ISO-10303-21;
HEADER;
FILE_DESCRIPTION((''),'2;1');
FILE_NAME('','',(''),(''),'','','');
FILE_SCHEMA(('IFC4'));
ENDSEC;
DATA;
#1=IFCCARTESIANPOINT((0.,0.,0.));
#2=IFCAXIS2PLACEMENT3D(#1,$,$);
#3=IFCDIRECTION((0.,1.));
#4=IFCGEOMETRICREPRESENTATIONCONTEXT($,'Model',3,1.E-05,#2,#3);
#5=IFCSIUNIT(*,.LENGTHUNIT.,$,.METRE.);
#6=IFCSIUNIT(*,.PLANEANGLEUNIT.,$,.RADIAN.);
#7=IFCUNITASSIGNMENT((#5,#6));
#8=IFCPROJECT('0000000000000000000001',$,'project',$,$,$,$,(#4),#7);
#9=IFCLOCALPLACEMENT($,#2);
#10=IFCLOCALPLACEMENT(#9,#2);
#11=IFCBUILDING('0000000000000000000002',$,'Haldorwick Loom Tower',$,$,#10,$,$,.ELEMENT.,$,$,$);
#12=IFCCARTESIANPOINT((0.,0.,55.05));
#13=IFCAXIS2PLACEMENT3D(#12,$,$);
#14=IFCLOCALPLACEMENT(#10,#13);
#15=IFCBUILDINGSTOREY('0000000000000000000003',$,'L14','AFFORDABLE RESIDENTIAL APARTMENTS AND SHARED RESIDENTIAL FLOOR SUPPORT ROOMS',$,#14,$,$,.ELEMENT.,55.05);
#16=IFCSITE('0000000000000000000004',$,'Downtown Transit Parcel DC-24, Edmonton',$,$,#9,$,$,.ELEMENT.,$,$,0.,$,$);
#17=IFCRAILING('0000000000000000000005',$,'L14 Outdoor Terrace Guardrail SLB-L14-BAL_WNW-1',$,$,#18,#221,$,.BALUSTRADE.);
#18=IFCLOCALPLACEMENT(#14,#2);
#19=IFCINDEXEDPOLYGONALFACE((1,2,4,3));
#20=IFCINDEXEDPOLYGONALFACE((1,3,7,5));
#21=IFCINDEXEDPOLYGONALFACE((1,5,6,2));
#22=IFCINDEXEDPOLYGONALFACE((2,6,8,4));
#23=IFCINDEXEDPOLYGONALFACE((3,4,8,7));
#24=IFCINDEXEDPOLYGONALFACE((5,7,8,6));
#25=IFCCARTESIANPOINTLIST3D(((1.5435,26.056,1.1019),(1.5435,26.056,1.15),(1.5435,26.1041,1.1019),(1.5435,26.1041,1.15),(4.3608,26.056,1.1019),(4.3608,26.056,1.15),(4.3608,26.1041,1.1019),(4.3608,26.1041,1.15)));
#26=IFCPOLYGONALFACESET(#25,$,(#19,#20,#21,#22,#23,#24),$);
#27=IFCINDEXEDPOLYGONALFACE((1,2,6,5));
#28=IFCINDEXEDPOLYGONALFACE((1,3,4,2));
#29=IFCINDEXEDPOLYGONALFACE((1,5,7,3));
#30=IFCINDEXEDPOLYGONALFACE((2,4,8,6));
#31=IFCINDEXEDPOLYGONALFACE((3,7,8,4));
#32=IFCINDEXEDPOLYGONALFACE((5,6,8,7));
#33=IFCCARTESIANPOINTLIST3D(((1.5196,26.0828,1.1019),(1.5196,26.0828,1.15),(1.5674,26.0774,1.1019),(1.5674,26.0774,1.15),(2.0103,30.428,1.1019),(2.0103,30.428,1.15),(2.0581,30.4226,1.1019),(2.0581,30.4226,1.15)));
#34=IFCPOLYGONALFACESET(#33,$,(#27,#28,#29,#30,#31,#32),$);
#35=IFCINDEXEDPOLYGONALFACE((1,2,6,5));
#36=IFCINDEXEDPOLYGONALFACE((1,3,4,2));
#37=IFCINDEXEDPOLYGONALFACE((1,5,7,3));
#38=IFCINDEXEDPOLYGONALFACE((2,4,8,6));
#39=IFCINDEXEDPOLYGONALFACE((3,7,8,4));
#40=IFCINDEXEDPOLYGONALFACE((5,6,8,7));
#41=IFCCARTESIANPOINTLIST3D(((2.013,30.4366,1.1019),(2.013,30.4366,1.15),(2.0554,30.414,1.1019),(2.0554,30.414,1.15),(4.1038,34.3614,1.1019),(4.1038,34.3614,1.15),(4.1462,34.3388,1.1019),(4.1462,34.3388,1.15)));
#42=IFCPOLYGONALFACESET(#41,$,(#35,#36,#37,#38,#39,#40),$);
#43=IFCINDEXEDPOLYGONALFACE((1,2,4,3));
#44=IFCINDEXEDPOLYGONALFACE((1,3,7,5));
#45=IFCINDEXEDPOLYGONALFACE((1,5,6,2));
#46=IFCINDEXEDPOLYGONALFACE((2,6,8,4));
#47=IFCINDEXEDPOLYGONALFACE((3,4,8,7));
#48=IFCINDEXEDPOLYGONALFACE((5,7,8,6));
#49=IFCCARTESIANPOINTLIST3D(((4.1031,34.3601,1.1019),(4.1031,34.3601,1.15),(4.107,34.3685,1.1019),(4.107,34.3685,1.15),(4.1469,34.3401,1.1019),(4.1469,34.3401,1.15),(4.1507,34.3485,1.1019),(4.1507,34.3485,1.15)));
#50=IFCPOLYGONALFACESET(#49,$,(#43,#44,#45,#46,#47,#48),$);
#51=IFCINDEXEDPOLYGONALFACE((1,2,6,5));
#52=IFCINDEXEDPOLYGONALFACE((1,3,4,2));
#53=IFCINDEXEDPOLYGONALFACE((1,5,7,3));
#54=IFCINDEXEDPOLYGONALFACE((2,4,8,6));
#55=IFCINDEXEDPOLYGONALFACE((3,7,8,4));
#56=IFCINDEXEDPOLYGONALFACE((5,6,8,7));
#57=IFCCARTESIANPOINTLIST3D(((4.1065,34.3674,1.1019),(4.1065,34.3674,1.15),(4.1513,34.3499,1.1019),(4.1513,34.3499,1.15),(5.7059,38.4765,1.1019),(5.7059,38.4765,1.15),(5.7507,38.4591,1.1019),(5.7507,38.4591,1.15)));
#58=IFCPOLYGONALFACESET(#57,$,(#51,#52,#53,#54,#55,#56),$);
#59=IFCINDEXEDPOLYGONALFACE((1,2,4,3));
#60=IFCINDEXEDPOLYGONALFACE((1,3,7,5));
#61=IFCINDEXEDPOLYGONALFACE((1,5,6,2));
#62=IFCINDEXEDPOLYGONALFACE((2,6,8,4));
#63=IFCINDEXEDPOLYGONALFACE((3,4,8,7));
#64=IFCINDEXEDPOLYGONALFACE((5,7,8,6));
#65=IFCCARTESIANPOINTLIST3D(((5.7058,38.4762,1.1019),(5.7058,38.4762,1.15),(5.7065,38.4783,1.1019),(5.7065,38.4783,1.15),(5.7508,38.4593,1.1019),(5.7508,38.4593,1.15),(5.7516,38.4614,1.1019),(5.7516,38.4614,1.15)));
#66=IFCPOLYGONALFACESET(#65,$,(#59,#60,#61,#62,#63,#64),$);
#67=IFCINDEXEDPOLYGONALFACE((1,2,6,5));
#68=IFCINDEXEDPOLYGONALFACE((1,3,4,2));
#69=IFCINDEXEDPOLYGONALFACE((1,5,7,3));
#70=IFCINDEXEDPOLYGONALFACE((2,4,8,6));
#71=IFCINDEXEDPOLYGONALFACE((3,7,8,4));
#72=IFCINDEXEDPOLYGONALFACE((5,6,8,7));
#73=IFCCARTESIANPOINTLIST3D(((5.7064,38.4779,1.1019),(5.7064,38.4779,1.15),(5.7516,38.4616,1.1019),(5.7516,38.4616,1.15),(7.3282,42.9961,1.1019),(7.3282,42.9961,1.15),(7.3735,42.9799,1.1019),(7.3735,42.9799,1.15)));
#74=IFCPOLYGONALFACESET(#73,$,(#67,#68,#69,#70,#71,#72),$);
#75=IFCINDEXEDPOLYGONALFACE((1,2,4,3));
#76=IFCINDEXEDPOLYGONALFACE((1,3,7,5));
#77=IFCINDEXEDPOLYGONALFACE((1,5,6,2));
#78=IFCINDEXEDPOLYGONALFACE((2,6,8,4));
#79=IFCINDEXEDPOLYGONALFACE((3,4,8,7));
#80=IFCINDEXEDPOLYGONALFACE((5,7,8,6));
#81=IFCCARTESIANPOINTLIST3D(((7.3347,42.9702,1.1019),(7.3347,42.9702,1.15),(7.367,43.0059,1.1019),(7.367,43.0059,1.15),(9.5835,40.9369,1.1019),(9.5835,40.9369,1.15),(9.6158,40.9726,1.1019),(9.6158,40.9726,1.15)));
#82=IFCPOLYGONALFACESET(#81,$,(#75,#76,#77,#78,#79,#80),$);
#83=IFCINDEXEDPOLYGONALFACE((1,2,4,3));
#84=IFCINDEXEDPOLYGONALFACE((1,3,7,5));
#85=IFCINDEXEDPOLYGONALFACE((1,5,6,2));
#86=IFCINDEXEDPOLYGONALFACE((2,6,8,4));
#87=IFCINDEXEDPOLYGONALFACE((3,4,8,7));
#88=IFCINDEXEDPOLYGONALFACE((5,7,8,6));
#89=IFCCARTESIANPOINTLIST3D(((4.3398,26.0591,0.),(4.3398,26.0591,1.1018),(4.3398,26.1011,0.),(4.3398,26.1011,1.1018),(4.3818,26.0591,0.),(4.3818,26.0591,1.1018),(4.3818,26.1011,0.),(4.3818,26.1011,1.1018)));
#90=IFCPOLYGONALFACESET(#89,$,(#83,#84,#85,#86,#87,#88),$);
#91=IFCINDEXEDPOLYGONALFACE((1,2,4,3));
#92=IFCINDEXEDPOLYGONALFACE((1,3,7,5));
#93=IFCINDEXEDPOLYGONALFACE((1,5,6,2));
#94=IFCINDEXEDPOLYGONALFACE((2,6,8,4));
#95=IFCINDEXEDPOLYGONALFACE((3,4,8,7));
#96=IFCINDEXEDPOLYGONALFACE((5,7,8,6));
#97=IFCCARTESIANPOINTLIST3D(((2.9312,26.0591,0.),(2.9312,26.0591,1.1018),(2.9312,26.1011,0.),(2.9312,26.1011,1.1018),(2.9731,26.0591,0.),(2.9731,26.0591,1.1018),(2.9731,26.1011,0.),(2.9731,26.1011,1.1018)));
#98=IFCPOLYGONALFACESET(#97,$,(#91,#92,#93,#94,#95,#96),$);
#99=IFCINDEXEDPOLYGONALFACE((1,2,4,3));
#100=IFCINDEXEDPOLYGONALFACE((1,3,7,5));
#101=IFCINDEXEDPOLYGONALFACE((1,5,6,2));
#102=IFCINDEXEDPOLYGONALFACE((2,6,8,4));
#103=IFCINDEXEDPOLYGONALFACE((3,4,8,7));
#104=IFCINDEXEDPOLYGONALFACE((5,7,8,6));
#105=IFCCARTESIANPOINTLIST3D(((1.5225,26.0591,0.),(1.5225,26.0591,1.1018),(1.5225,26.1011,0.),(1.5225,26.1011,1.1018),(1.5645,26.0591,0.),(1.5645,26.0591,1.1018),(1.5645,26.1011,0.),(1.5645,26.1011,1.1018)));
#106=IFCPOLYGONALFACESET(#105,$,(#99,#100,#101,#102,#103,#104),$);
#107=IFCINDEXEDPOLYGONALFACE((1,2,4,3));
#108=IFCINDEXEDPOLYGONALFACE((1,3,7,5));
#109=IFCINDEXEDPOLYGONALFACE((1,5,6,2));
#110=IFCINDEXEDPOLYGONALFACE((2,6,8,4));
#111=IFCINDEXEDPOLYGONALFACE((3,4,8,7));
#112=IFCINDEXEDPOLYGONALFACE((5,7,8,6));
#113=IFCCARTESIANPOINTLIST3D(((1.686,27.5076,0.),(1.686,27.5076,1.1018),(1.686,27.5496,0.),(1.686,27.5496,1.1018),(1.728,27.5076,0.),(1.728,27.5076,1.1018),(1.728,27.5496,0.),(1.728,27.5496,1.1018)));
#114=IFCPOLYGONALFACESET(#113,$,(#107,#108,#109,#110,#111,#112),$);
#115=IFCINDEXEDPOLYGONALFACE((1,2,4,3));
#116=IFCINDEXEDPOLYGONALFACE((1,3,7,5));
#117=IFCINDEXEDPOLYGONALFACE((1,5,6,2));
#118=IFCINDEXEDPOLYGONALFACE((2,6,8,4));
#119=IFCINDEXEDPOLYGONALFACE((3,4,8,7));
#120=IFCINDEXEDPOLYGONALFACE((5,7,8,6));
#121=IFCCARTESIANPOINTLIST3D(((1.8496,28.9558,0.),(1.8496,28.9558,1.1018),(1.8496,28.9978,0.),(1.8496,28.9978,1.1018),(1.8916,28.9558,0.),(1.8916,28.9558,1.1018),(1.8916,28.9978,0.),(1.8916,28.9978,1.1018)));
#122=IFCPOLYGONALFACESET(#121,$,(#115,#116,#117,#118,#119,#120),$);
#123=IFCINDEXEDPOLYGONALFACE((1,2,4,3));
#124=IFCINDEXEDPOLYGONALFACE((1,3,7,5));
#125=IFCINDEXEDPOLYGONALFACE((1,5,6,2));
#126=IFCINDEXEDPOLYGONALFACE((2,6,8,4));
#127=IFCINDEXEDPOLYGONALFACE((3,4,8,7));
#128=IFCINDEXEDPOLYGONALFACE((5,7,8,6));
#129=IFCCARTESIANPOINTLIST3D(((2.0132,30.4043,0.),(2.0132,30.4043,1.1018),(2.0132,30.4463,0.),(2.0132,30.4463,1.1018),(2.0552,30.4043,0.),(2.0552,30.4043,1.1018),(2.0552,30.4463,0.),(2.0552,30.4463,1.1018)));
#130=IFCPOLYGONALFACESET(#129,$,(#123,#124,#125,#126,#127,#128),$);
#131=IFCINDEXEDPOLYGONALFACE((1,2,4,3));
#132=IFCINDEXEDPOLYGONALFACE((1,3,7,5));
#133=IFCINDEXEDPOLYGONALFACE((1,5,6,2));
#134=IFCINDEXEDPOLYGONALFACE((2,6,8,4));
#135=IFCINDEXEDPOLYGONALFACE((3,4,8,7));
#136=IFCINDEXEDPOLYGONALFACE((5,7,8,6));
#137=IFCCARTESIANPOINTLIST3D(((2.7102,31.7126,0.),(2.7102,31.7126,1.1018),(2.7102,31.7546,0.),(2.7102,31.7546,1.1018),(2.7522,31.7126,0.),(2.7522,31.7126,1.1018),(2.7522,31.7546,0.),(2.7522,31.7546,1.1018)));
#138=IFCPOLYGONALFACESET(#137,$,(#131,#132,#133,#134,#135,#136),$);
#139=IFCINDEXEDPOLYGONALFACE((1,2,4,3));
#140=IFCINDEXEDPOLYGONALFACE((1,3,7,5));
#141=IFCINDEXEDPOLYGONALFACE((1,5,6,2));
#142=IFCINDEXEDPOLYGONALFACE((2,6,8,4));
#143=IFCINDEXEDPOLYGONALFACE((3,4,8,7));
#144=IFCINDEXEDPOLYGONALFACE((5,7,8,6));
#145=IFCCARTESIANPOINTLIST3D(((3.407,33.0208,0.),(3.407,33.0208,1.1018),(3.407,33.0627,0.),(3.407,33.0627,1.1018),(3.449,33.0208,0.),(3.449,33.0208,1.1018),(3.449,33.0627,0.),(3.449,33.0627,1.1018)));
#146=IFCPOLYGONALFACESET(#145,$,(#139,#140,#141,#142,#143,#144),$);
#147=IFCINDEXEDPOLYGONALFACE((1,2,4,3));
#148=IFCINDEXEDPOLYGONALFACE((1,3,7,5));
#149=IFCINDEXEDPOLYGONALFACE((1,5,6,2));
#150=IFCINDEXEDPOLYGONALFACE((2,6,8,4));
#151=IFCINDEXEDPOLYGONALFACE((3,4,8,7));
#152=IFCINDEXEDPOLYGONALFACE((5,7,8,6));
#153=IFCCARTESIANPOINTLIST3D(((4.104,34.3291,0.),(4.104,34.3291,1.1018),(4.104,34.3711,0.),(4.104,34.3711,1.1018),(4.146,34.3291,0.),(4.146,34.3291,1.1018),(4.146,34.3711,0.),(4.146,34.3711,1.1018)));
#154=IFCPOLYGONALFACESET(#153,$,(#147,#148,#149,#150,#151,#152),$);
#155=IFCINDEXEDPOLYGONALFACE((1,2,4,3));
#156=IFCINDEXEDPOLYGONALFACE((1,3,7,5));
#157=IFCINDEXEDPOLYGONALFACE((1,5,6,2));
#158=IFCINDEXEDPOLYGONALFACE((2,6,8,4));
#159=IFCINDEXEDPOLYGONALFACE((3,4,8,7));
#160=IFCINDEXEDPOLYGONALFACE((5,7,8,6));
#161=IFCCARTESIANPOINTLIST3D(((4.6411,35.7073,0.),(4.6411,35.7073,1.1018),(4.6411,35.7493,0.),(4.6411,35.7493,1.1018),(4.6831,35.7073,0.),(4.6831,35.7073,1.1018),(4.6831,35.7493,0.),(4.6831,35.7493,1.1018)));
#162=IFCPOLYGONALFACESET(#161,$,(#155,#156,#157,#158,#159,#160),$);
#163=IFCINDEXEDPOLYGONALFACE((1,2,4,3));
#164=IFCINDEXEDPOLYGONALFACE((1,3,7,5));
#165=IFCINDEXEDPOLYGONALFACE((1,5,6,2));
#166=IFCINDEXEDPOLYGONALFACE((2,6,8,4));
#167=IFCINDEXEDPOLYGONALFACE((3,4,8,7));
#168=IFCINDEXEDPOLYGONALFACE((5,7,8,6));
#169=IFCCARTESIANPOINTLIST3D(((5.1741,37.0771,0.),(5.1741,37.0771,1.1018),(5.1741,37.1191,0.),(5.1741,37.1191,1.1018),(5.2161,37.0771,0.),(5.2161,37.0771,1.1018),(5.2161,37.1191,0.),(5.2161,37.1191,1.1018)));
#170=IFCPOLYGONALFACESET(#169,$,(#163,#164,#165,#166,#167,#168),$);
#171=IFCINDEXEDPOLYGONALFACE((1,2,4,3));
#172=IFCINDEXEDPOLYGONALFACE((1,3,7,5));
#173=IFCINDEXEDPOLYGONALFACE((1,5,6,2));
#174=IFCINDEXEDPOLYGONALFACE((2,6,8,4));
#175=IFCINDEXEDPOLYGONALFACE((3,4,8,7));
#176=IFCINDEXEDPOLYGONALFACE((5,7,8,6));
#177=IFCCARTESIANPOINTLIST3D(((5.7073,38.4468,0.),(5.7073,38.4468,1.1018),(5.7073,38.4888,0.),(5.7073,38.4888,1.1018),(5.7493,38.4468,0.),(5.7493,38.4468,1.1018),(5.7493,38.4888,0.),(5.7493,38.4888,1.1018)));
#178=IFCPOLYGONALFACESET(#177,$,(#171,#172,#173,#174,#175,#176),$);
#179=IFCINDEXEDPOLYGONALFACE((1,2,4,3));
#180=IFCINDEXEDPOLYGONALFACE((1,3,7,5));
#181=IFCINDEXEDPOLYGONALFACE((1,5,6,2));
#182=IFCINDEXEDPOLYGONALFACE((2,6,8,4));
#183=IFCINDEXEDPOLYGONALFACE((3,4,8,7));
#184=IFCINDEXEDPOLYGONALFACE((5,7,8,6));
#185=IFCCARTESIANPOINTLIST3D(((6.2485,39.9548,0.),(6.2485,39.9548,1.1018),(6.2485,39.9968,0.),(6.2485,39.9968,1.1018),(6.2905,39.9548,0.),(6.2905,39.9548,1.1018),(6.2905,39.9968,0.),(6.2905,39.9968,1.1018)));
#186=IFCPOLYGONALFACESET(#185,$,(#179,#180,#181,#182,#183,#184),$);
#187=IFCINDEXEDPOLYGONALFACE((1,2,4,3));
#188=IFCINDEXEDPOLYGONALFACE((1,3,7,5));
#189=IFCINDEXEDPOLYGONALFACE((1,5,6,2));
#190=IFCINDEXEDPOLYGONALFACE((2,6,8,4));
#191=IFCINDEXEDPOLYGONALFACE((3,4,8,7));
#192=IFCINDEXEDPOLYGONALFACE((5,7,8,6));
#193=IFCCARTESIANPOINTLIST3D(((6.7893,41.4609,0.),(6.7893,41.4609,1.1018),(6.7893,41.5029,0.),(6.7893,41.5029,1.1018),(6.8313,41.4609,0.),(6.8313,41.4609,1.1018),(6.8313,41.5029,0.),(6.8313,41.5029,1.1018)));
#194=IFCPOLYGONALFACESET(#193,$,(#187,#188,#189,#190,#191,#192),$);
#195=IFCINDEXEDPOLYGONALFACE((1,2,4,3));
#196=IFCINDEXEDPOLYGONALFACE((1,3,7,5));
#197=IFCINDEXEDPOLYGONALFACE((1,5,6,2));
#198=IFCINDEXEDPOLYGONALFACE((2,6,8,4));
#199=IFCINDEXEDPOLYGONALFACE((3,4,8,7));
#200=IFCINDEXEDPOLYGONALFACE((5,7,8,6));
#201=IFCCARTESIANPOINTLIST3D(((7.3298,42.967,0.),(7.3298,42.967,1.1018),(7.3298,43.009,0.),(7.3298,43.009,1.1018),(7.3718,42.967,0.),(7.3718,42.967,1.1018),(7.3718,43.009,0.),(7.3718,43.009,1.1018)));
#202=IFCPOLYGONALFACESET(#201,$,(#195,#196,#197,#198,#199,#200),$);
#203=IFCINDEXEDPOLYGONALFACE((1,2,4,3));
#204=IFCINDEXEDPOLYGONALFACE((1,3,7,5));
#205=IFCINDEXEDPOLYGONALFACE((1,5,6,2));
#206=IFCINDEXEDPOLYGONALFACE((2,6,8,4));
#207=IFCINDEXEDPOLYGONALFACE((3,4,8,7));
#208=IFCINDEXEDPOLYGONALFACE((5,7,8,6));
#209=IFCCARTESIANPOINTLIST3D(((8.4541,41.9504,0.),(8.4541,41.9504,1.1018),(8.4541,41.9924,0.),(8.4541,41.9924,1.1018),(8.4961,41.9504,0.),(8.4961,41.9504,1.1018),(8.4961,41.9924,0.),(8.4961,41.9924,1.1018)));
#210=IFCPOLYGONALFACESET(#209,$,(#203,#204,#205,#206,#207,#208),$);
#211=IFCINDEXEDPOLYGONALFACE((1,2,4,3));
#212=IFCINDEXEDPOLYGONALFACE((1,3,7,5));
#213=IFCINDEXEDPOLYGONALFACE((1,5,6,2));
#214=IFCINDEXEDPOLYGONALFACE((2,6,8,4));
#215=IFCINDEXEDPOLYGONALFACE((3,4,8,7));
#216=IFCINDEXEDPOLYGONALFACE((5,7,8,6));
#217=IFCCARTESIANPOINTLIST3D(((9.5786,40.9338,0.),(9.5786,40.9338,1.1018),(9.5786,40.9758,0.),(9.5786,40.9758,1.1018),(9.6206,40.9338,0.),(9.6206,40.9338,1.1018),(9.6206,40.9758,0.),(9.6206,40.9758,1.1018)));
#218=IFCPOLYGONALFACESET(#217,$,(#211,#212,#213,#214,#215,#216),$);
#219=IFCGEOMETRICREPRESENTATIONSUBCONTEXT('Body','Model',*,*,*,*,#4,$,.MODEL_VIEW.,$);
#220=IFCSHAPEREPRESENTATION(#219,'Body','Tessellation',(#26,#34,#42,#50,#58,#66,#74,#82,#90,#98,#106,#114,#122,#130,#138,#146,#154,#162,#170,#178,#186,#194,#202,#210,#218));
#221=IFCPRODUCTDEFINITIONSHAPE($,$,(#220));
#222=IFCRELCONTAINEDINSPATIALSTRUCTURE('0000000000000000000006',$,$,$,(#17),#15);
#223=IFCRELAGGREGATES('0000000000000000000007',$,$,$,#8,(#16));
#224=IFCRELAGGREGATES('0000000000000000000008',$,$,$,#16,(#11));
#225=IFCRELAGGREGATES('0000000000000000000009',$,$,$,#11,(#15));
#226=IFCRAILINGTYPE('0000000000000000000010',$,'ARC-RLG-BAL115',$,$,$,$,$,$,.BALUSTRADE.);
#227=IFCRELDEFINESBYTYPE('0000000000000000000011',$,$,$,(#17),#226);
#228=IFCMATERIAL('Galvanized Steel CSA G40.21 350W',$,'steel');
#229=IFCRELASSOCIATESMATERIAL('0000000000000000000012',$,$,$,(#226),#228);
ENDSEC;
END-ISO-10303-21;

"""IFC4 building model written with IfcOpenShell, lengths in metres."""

from ifc_helpers import new_model, si_unit, direction, frame, origin, origin_2d, place, context, subcontext, project, spatial, rectangle, extrude, material, type_object, element, save


model = new_model("IFC4")

# Units and contexts
model_context = context("Model", 3, precision=1e-05, world=origin(), true_north=direction((0.0, 1.0)))
body_context = subcontext(model_context, "Body", "Model", "MODEL_VIEW")
ifc_project = project(units=[si_unit("LENGTHUNIT", "METRE"), si_unit("PLANEANGLEUNIT", "RADIAN")], contexts=[model_context])

# Site, building, storey
site_placement = place(None, origin())
site = spatial("IfcSite", under=ifc_project, at=site_placement, Name="Downtown Transit Parcel DC-24, Edmonton", CompositionType="ELEMENT", RefElevation=0.0)
building_placement = place(site_placement, origin())
building = spatial("IfcBuilding", under=site, at=building_placement, Name="Haldorwick Loom Tower", CompositionType="ELEMENT")
storey_placement = place(building_placement, frame((0.0, 0.0, 55.05)))
storey = spatial("IfcBuildingStorey", under=building, at=storey_placement, Name="L14", Description="AFFORDABLE RESIDENTIAL APARTMENTS AND SHARED RESIDENTIAL FLOOR SUPPORT ROOMS", CompositionType="ELEMENT", Elevation=55.05)

# Railing
ifc_material_1 = material(Name="Galvanized Steel CSA G40.21 350W", Category="steel")
railing_type = type_object("IfcRailingType", Name="ARC-RLG-BAL115", PredefinedType="BALUSTRADE", material=ifc_material_1)
railing_placement = place(storey_placement, frame((4.3608, 26.0801, 0.0)))
element("IfcRailing", 1, at=railing_placement, inside=storey, type_object=railing_type, Name="L14 Outdoor Terrace Guardrail SLB-L14-BAL_WNW-1", PredefinedType="BALUSTRADE", context=body_context, shape_type="SweptSolid", body=[
    extrude(rectangle(XDim=0.0481, YDim=0.0481, at=origin_2d()), frame((0.0, 0.0, 1.126), z_axis=(-1.0, 0.0, 0.0), x_axis=(0.0, -1.0, 0.0)), (0.0, 0.0, 1.0), 2.8174),
    extrude(rectangle(XDim=0.0481, YDim=0.0481, at=origin_2d()), frame((-2.8174, 0.0, 1.126), z_axis=(0.112221, 0.993683, 0.0), x_axis=(-0.993683, 0.112221, 0.0)), (0.0, 0.0, 1.0), 4.3728),
    extrude(rectangle(XDim=0.0481, YDim=0.0481, at=origin_2d()), frame((-2.3267, 4.3452, 1.126), z_axis=(0.470166, 0.882578, 0.0), x_axis=(-0.882578, 0.470166, 0.0)), (0.0, 0.0, 1.0), 4.447),
    extrude(rectangle(XDim=0.0481, YDim=0.0481, at=origin_2d()), frame((-0.2358, 8.27, 1.126), z_axis=(0.41576, 0.909474, 0.0), x_axis=(-0.909474, 0.41576, 0.0)), (0.0, 0.0, 1.0), 0.0093),
    extrude(rectangle(XDim=0.0481, YDim=0.0481, at=origin_2d()), frame((-0.2319, 8.2786, 1.126), z_axis=(0.362716, 0.9319, 0.0), x_axis=(-0.9319, 0.362716, 0.0)), (0.0, 0.0, 1.0), 4.4094),
    extrude(rectangle(XDim=0.0481, YDim=0.0481, at=origin_2d()), frame((1.3674, 12.3877, 1.126), z_axis=(0.351123, 0.936329, 0.0), x_axis=(-0.936329, 0.351123, 0.0)), (0.0, 0.0, 1.0), 0.0022),
    extrude(rectangle(XDim=0.0481, YDim=0.0481, at=origin_2d()), frame((1.3682, 12.3896, 1.126), z_axis=(0.33784, 0.941203, 0.0), x_axis=(-0.941203, 0.33784, 0.0)), (0.0, 0.0, 1.0), 4.8005),
    extrude(rectangle(XDim=0.0481, YDim=0.0481, at=origin_2d()), frame((2.99, 16.908, 1.126), z_axis=(0.741767, -0.670658, 0.0), x_axis=(0.670658, 0.741767, 0.0)), (0.0, 0.0, 1.0), 3.0317),
    extrude(rectangle(XDim=0.042, YDim=0.042, at=origin_2d()), origin(), (0.0, 0.0, 1.0), 1.1018),
    extrude(rectangle(XDim=0.042, YDim=0.042, at=origin_2d()), frame((-1.4087, 0.0, 0.0)), (0.0, 0.0, 1.0), 1.1018),
    extrude(rectangle(XDim=0.042, YDim=0.042, at=origin_2d()), frame((-2.8174, 0.0, 0.0)), (0.0, 0.0, 1.0), 1.1018),
    extrude(rectangle(XDim=0.042, YDim=0.042, at=origin_2d()), frame((-2.6538, 1.4485, 0.0)), (0.0, 0.0, 1.0), 1.1018),
    extrude(rectangle(XDim=0.042, YDim=0.042, at=origin_2d()), frame((-2.4902, 2.8967, 0.0)), (0.0, 0.0, 1.0), 1.1018),
    extrude(rectangle(XDim=0.042, YDim=0.042, at=origin_2d()), frame((-2.3267, 4.3452, 0.0)), (0.0, 0.0, 1.0), 1.1018),
    extrude(rectangle(XDim=0.042, YDim=0.042, at=origin_2d()), frame((-1.6296, 5.6536, 0.0)), (0.0, 0.0, 1.0), 1.1018),
    extrude(rectangle(XDim=0.042, YDim=0.042, at=origin_2d()), frame((-0.9329, 6.9617, 0.0)), (0.0, 0.0, 1.0), 1.1018),
    extrude(rectangle(XDim=0.042, YDim=0.042, at=origin_2d()), frame((-0.2358, 8.27, 0.0)), (0.0, 0.0, 1.0), 1.1018),
    extrude(rectangle(XDim=0.042, YDim=0.042, at=origin_2d()), frame((0.3013, 9.6482, 0.0)), (0.0, 0.0, 1.0), 1.1018),
    extrude(rectangle(XDim=0.042, YDim=0.042, at=origin_2d()), frame((0.8342, 11.0181, 0.0)), (0.0, 0.0, 1.0), 1.1018),
    extrude(rectangle(XDim=0.042, YDim=0.042, at=origin_2d()), frame((1.3674, 12.3877, 0.0)), (0.0, 0.0, 1.0), 1.1018),
    extrude(rectangle(XDim=0.042, YDim=0.042, at=origin_2d()), frame((1.9087, 13.8958, 0.0)), (0.0, 0.0, 1.0), 1.1018),
    extrude(rectangle(XDim=0.042, YDim=0.042, at=origin_2d()), frame((2.4495, 15.4019, 0.0)), (0.0, 0.0, 1.0), 1.1018),
    extrude(rectangle(XDim=0.042, YDim=0.042, at=origin_2d()), frame((2.99, 16.908, 0.0)), (0.0, 0.0, 1.0), 1.1018),
    extrude(rectangle(XDim=0.042, YDim=0.042, at=origin_2d()), frame((4.1143, 15.8914, 0.0)), (0.0, 0.0, 1.0), 1.1018),
    extrude(rectangle(XDim=0.042, YDim=0.042, at=origin_2d()), frame((5.2388, 14.8748, 0.0)), (0.0, 0.0, 1.0), 1.1018),
])

save(model, "model.ifc")
